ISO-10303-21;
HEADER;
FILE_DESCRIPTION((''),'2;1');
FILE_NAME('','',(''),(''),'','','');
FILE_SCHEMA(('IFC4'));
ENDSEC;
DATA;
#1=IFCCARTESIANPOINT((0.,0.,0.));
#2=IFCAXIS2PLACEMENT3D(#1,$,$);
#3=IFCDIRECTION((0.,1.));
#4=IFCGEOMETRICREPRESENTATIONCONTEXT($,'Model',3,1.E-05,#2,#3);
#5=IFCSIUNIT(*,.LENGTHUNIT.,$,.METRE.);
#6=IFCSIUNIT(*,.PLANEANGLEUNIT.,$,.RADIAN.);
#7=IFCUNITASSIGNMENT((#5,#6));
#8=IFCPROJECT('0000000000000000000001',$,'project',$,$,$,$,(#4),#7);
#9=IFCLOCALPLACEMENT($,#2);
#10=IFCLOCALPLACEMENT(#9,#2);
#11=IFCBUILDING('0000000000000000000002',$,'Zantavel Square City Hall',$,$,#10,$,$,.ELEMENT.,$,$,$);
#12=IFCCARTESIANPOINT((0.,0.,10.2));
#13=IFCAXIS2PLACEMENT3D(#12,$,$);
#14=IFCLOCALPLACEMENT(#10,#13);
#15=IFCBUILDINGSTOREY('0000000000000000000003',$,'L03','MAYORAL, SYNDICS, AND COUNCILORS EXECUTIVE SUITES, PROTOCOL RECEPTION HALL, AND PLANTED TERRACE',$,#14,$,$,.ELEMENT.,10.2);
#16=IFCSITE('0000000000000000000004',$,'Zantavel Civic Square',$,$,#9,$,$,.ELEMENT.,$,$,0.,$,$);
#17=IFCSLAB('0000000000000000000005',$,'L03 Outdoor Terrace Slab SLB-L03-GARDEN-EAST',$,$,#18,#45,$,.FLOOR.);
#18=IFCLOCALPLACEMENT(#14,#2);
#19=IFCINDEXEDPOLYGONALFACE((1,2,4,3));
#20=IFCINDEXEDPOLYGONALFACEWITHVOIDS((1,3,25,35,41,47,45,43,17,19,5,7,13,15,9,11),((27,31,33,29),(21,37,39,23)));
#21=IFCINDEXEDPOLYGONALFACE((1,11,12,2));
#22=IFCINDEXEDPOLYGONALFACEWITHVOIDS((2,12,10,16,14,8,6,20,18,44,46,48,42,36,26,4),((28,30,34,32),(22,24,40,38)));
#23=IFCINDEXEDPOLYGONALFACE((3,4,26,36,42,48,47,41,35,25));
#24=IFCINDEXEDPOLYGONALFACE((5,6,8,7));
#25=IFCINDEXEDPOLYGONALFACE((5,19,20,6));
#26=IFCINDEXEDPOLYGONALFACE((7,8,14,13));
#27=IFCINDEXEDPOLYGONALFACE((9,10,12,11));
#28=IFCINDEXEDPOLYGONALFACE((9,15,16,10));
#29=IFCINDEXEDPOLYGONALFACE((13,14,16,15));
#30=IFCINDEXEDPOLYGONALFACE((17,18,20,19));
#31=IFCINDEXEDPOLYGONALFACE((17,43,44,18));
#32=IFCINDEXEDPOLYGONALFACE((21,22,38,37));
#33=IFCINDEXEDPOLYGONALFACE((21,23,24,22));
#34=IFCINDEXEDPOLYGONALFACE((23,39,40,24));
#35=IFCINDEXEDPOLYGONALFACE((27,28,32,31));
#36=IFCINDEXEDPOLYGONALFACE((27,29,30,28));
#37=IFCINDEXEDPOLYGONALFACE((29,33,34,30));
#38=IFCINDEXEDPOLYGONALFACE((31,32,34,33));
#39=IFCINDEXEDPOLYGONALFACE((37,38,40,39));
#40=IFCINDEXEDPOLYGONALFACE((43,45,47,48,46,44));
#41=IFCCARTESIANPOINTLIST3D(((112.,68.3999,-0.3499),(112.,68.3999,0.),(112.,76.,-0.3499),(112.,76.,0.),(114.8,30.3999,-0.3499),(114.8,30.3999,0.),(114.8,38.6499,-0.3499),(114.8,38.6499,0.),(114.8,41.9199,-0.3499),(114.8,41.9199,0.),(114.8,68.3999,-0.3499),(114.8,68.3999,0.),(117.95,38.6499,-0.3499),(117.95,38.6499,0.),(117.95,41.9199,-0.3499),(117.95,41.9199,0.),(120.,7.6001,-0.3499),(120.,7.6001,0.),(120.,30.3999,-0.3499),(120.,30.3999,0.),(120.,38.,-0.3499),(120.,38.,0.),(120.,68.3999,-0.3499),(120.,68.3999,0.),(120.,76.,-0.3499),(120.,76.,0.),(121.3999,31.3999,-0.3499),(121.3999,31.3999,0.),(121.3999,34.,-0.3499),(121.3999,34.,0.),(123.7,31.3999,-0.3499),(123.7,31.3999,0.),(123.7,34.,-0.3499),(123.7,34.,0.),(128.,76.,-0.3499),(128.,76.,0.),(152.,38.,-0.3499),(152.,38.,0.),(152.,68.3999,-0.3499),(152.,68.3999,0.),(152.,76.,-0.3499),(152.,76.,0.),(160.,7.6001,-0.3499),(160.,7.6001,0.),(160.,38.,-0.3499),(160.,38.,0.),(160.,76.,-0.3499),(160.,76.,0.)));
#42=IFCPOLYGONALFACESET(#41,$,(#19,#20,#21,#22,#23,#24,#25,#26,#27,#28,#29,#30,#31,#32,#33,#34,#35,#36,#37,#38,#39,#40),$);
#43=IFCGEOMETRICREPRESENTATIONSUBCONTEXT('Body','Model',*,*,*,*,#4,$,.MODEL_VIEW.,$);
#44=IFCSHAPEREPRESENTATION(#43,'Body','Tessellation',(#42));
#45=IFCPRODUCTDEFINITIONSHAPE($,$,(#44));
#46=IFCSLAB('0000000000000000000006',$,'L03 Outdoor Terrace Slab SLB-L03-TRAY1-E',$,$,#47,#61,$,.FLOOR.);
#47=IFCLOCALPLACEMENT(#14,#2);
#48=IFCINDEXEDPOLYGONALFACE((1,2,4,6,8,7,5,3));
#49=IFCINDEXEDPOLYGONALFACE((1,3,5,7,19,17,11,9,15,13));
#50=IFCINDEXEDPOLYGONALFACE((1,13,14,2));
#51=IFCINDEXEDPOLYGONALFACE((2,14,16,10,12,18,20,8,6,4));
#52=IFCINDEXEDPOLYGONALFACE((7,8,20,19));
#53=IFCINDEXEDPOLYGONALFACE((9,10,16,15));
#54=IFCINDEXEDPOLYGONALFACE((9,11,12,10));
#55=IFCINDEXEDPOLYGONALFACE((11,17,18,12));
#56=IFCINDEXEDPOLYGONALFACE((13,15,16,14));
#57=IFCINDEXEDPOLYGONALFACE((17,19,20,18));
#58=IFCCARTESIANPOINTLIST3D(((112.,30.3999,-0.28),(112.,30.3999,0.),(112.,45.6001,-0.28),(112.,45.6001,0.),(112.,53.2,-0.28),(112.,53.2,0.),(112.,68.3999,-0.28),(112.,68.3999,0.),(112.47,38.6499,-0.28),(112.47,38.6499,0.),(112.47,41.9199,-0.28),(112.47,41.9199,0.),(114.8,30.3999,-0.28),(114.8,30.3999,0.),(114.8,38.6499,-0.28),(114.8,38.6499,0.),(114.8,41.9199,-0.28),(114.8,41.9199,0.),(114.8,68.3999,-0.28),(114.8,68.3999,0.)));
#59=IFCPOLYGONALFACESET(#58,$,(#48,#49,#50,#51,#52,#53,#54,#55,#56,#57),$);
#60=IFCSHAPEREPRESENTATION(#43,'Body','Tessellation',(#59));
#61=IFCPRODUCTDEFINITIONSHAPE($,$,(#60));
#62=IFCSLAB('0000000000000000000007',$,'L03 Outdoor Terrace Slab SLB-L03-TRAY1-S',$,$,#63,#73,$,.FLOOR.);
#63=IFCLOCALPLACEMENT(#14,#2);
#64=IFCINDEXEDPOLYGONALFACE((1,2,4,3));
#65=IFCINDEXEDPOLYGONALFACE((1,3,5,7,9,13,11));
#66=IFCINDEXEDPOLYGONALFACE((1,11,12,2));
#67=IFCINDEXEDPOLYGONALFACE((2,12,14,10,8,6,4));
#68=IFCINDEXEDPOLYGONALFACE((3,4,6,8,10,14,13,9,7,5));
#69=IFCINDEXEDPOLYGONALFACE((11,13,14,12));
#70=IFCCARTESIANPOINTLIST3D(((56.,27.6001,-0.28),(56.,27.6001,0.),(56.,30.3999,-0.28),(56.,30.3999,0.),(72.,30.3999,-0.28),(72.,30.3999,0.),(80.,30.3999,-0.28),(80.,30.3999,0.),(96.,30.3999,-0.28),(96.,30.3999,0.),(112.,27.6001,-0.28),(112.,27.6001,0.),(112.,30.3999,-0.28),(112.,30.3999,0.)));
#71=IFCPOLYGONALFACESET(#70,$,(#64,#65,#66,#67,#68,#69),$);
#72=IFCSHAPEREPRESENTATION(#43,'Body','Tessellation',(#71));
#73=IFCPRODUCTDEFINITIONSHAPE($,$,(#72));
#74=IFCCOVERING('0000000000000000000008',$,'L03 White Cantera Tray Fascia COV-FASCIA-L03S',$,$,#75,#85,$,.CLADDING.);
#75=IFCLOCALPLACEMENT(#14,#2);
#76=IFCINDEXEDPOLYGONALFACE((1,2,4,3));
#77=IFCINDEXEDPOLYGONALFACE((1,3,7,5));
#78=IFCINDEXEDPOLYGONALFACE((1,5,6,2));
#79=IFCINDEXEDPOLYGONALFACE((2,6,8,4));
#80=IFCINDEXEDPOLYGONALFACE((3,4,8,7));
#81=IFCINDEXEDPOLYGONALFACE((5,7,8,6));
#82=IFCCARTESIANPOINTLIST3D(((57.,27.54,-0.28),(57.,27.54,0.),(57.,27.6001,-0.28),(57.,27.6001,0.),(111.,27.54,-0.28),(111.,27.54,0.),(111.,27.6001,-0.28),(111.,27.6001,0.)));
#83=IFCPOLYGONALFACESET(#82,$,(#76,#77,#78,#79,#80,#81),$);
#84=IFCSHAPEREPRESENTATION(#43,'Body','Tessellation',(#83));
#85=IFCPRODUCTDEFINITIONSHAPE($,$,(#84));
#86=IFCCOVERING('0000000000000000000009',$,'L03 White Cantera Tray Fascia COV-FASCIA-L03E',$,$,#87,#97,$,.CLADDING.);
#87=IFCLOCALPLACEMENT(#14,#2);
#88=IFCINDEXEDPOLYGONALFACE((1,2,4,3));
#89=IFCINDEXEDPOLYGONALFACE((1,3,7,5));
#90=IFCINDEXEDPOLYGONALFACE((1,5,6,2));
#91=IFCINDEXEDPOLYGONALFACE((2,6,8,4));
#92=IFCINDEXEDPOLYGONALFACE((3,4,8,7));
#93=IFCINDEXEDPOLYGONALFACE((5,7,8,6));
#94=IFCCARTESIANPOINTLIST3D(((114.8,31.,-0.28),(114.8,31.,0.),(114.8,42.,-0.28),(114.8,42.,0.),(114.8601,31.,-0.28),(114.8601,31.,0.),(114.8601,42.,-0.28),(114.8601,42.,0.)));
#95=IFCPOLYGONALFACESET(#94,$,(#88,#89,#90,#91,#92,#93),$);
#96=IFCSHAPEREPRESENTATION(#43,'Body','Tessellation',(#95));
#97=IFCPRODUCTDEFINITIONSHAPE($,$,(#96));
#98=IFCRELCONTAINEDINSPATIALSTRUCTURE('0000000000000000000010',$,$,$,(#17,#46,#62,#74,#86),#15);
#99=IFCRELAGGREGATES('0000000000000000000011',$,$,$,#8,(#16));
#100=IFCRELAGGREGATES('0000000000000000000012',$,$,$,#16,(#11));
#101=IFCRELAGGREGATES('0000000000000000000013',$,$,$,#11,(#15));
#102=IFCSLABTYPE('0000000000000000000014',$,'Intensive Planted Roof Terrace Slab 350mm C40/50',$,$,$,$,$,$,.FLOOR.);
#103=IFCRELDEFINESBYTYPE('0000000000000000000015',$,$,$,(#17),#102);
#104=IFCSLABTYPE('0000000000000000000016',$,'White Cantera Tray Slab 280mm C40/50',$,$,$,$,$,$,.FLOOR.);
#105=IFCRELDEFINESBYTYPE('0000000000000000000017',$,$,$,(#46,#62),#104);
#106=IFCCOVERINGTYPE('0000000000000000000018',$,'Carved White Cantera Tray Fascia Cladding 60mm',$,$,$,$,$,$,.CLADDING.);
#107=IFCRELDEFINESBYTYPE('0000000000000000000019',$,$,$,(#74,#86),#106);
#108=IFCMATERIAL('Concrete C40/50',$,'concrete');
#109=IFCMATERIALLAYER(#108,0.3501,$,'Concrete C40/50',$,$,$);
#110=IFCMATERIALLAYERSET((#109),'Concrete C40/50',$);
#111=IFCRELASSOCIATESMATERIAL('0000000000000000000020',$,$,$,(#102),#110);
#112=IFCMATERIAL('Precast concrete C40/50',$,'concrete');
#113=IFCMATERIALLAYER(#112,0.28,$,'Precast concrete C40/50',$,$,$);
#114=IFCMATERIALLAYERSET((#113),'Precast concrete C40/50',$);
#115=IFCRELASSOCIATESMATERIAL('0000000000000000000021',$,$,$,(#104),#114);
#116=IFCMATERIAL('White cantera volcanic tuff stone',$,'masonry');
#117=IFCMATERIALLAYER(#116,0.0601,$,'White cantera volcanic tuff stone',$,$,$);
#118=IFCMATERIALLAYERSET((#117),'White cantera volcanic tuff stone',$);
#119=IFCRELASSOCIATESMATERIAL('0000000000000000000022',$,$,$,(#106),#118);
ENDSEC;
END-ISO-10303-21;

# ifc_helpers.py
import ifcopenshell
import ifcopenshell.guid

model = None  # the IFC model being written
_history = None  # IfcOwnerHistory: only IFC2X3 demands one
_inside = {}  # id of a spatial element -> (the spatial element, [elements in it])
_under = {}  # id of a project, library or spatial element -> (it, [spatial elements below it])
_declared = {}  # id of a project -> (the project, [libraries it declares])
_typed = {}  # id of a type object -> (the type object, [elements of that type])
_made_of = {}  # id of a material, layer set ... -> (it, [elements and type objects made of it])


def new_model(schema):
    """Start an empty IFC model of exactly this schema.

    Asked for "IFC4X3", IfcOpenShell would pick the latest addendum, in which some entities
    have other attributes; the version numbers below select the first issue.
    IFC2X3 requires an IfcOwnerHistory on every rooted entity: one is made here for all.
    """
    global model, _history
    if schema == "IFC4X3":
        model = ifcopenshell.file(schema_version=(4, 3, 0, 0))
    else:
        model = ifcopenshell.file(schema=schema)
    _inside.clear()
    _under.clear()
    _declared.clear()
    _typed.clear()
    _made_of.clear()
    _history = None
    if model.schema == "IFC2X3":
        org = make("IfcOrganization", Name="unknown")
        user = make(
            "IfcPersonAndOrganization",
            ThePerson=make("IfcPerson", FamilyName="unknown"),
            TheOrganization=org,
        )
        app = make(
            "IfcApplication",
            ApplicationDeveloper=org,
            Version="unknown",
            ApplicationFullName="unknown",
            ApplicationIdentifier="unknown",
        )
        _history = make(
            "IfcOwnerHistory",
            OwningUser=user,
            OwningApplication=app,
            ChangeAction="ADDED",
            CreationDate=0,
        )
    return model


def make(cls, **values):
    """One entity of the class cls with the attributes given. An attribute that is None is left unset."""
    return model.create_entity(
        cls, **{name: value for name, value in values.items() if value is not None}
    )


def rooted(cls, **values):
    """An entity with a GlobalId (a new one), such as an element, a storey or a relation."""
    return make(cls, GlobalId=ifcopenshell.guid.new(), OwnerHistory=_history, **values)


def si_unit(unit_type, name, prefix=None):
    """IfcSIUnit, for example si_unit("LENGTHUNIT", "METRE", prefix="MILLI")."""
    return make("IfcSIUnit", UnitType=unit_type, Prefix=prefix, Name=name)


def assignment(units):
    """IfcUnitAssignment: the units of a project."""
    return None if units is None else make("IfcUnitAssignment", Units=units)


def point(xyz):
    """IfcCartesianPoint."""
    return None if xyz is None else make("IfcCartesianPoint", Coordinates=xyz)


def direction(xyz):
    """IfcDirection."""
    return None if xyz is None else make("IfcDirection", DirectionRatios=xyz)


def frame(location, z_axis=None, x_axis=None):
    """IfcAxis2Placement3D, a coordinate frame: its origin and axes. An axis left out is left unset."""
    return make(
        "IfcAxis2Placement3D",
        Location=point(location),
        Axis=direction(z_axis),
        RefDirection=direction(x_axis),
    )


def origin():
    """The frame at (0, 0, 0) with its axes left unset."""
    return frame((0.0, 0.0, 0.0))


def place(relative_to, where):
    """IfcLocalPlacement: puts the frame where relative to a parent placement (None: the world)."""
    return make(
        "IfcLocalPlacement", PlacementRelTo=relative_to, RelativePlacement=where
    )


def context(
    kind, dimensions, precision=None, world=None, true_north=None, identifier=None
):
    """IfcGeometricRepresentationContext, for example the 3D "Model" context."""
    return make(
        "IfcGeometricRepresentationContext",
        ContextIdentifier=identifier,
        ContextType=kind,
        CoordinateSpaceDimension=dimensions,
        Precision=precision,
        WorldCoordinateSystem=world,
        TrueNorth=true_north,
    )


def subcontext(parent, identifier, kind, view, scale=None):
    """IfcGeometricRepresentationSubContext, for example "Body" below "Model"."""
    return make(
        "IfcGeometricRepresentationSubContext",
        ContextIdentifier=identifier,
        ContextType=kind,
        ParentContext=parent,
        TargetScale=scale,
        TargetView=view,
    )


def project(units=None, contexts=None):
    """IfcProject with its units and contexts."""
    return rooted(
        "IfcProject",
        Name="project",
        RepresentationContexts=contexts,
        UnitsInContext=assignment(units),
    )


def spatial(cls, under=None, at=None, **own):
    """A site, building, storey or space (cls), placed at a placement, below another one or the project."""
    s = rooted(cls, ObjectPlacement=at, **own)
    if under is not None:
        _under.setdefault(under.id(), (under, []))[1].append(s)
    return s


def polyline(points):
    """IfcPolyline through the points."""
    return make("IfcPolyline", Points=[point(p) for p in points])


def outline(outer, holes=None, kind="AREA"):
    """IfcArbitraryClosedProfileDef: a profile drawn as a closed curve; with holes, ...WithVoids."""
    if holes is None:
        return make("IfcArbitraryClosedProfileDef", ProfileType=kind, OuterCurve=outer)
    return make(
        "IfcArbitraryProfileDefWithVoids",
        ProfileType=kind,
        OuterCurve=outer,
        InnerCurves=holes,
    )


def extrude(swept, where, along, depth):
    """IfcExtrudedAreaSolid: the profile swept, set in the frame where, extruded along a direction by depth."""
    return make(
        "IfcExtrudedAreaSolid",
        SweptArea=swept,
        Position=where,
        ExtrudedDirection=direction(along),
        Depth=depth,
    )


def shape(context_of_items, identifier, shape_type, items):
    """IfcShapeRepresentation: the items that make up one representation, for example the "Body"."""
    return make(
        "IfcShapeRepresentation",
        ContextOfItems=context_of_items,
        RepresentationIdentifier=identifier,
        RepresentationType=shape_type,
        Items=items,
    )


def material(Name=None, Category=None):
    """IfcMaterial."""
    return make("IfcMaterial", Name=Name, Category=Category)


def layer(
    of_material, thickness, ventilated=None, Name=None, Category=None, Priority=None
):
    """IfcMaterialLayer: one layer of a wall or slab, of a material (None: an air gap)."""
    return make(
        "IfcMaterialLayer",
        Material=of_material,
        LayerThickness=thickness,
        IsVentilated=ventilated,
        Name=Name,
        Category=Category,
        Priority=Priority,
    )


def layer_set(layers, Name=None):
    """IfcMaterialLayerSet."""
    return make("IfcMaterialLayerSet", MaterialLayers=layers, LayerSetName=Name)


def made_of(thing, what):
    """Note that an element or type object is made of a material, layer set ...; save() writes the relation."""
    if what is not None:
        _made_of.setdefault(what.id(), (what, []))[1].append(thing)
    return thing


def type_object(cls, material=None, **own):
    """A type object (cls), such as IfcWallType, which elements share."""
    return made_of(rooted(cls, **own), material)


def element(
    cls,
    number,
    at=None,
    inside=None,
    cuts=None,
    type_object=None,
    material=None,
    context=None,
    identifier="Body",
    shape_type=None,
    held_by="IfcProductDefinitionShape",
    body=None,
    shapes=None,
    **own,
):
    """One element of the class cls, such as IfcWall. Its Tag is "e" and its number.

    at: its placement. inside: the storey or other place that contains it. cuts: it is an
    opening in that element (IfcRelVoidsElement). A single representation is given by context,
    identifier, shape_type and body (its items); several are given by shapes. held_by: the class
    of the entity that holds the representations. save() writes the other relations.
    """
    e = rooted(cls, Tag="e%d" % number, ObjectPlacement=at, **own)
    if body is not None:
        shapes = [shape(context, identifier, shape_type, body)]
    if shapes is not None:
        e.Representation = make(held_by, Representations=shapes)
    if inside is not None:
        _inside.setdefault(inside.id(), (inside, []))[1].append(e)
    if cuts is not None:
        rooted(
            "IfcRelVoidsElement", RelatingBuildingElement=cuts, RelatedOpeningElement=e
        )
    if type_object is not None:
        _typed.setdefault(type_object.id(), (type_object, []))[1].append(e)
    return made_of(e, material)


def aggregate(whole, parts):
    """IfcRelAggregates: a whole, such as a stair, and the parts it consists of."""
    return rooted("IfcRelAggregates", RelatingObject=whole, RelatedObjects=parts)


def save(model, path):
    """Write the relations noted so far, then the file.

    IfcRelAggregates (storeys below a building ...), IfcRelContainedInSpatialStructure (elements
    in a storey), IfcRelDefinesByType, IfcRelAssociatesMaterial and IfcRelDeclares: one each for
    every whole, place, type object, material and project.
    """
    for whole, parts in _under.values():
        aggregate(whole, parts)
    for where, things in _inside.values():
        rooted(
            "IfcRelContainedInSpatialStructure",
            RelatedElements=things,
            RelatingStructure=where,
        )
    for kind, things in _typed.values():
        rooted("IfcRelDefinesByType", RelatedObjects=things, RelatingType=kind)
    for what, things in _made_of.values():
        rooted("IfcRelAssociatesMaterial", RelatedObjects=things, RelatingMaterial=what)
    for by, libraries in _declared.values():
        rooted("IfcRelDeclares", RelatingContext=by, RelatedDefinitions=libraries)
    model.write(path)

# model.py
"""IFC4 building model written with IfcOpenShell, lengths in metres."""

from ifc_helpers import new_model, si_unit, direction, frame, origin, place, context, subcontext, project, spatial, polyline, outline, extrude, material, layer, layer_set, type_object, element, save


model = new_model("IFC4")

# Units and contexts
model_context = context("Model", 3, precision=1e-05, world=origin(), true_north=direction((0.0, 1.0)))
body_context = subcontext(model_context, "Body", "Model", "MODEL_VIEW")
ifc_project = project(units=[si_unit("LENGTHUNIT", "METRE"), si_unit("PLANEANGLEUNIT", "RADIAN")], contexts=[model_context])

# Site, building, storey
site_placement = place(None, origin())
site = spatial("IfcSite", under=ifc_project, at=site_placement, Name="Zantavel Civic Square", CompositionType="ELEMENT", RefElevation=0.0)
building_placement = place(site_placement, origin())
building = spatial("IfcBuilding", under=site, at=building_placement, Name="Zantavel Square City Hall", CompositionType="ELEMENT")
storey_placement = place(building_placement, frame((0.0, 0.0, 10.2)))
storey = spatial("IfcBuildingStorey", under=building, at=storey_placement, Name="L03", Description="MAYORAL, SYNDICS, AND COUNCILORS EXECUTIVE SUITES, PROTOCOL RECEPTION HALL, AND PLANTED TERRACE", CompositionType="ELEMENT", Elevation=10.2)

# Slabs
ifc_material_1 = material(Name="Concrete C40/50", Category="concrete")
ifc_layer_1 = layer(ifc_material_1, 0.3501, Name="Concrete C40/50")
ifc_layer_set_1 = layer_set([ifc_layer_1], Name="Concrete C40/50")
slab_type_1 = type_object("IfcSlabType", Name="Intensive Planted Roof Terrace Slab 350mm C40/50", PredefinedType="FLOOR", material=ifc_layer_set_1)
slab_1_placement = place(storey_placement, frame((0.0, 0.0, -0.3499)))
element("IfcSlab", 1, at=slab_1_placement, inside=storey, type_object=slab_type_1, Name="L03 Outdoor Terrace Slab SLB-L03-GARDEN-EAST", PredefinedType="FLOOR", context=body_context, shape_type="SweptSolid", body=[
    extrude(outline(polyline([(114.8, 38.6499), (117.95, 38.6499), (117.95, 41.9199), (114.8, 41.9199), (114.8, 68.3999), (112.0, 68.3999), (112.0, 76.0), (120.0, 76.0), (128.0, 76.0), (152.0, 76.0), (160.0, 76.0), (160.0, 38.0), (160.0, 7.6001), (120.0, 7.6001), (120.0, 30.3999), (114.8, 30.3999), (114.8, 38.6499)]), holes=[polyline([(120.0, 38.0), (152.0, 38.0), (152.0, 68.3999), (120.0, 68.3999), (120.0, 38.0)]), polyline([(121.3999, 34.0), (121.3999, 31.3999), (123.7, 31.3999), (123.7, 34.0), (121.3999, 34.0)])]), origin(), (0.0, 0.0, 1.0), 0.3499),
])
ifc_material_2 = material(Name="Precast concrete C40/50", Category="concrete")
ifc_layer_2 = layer(ifc_material_2, 0.28, Name="Precast concrete C40/50")
ifc_layer_set_2 = layer_set([ifc_layer_2], Name="Precast concrete C40/50")
slab_type_2 = type_object("IfcSlabType", Name="White Cantera Tray Slab 280mm C40/50", PredefinedType="FLOOR", material=ifc_layer_set_2)
slab_2_placement = place(storey_placement, frame((0.0, 0.0, -0.28)))
element("IfcSlab", 2, at=slab_2_placement, inside=storey, type_object=slab_type_2, Name="L03 Outdoor Terrace Slab SLB-L03-TRAY1-E", PredefinedType="FLOOR", context=body_context, shape_type="SweptSolid", body=[
    extrude(outline(polyline([(112.0, 30.3999), (112.0, 45.6001), (112.0, 53.2), (112.0, 68.3999), (114.8, 68.3999), (114.8, 41.9199), (112.47, 41.9199), (112.47, 38.6499), (114.8, 38.6499), (114.8, 30.3999), (112.0, 30.3999)])), origin(), (0.0, 0.0, 1.0), 0.28),
])
slab_3_placement = place(storey_placement, frame((0.0, 0.0, -0.28)))
element("IfcSlab", 3, at=slab_3_placement, inside=storey, type_object=slab_type_2, Name="L03 Outdoor Terrace Slab SLB-L03-TRAY1-S", PredefinedType="FLOOR", context=body_context, shape_type="SweptSolid", body=[
    extrude(outline(polyline([(112.0, 27.6001), (56.0, 27.6001), (56.0, 30.3999), (72.0, 30.3999), (80.0, 30.3999), (96.0, 30.3999), (112.0, 30.3999), (112.0, 27.6001)])), origin(), (0.0, 0.0, 1.0), 0.28),
])

# Coverings
ifc_material_3 = material(Name="White cantera volcanic tuff stone", Category="masonry")
ifc_layer_3 = layer(ifc_material_3, 0.0601, Name="White cantera volcanic tuff stone")
ifc_layer_set_3 = layer_set([ifc_layer_3], Name="White cantera volcanic tuff stone")
covering_type = type_object("IfcCoveringType", Name="Carved White Cantera Tray Fascia Cladding 60mm", PredefinedType="CLADDING", material=ifc_layer_set_3)
covering_1_placement = place(storey_placement, frame((0.0, 0.0, -0.28)))
element("IfcCovering", 4, at=covering_1_placement, inside=storey, type_object=covering_type, Name="L03 White Cantera Tray Fascia COV-FASCIA-L03S", PredefinedType="CLADDING", context=body_context, shape_type="SweptSolid", body=[
    extrude(outline(polyline([(57.0, 27.54), (111.0, 27.54), (111.0, 27.6001), (57.0, 27.6001), (57.0, 27.54)])), origin(), (0.0, 0.0, 1.0), 0.28),
])
covering_2_placement = place(storey_placement, frame((0.0, 0.0, -0.28)))
element("IfcCovering", 5, at=covering_2_placement, inside=storey, type_object=covering_type, Name="L03 White Cantera Tray Fascia COV-FASCIA-L03E", PredefinedType="CLADDING", context=body_context, shape_type="SweptSolid", body=[
    extrude(outline(polyline([(114.8, 31.0), (114.8601, 31.0), (114.8601, 42.0), (114.8, 42.0), (114.8, 31.0)])), origin(), (0.0, 0.0, 1.0), 0.28),
])

save(model, "model.ifc")
